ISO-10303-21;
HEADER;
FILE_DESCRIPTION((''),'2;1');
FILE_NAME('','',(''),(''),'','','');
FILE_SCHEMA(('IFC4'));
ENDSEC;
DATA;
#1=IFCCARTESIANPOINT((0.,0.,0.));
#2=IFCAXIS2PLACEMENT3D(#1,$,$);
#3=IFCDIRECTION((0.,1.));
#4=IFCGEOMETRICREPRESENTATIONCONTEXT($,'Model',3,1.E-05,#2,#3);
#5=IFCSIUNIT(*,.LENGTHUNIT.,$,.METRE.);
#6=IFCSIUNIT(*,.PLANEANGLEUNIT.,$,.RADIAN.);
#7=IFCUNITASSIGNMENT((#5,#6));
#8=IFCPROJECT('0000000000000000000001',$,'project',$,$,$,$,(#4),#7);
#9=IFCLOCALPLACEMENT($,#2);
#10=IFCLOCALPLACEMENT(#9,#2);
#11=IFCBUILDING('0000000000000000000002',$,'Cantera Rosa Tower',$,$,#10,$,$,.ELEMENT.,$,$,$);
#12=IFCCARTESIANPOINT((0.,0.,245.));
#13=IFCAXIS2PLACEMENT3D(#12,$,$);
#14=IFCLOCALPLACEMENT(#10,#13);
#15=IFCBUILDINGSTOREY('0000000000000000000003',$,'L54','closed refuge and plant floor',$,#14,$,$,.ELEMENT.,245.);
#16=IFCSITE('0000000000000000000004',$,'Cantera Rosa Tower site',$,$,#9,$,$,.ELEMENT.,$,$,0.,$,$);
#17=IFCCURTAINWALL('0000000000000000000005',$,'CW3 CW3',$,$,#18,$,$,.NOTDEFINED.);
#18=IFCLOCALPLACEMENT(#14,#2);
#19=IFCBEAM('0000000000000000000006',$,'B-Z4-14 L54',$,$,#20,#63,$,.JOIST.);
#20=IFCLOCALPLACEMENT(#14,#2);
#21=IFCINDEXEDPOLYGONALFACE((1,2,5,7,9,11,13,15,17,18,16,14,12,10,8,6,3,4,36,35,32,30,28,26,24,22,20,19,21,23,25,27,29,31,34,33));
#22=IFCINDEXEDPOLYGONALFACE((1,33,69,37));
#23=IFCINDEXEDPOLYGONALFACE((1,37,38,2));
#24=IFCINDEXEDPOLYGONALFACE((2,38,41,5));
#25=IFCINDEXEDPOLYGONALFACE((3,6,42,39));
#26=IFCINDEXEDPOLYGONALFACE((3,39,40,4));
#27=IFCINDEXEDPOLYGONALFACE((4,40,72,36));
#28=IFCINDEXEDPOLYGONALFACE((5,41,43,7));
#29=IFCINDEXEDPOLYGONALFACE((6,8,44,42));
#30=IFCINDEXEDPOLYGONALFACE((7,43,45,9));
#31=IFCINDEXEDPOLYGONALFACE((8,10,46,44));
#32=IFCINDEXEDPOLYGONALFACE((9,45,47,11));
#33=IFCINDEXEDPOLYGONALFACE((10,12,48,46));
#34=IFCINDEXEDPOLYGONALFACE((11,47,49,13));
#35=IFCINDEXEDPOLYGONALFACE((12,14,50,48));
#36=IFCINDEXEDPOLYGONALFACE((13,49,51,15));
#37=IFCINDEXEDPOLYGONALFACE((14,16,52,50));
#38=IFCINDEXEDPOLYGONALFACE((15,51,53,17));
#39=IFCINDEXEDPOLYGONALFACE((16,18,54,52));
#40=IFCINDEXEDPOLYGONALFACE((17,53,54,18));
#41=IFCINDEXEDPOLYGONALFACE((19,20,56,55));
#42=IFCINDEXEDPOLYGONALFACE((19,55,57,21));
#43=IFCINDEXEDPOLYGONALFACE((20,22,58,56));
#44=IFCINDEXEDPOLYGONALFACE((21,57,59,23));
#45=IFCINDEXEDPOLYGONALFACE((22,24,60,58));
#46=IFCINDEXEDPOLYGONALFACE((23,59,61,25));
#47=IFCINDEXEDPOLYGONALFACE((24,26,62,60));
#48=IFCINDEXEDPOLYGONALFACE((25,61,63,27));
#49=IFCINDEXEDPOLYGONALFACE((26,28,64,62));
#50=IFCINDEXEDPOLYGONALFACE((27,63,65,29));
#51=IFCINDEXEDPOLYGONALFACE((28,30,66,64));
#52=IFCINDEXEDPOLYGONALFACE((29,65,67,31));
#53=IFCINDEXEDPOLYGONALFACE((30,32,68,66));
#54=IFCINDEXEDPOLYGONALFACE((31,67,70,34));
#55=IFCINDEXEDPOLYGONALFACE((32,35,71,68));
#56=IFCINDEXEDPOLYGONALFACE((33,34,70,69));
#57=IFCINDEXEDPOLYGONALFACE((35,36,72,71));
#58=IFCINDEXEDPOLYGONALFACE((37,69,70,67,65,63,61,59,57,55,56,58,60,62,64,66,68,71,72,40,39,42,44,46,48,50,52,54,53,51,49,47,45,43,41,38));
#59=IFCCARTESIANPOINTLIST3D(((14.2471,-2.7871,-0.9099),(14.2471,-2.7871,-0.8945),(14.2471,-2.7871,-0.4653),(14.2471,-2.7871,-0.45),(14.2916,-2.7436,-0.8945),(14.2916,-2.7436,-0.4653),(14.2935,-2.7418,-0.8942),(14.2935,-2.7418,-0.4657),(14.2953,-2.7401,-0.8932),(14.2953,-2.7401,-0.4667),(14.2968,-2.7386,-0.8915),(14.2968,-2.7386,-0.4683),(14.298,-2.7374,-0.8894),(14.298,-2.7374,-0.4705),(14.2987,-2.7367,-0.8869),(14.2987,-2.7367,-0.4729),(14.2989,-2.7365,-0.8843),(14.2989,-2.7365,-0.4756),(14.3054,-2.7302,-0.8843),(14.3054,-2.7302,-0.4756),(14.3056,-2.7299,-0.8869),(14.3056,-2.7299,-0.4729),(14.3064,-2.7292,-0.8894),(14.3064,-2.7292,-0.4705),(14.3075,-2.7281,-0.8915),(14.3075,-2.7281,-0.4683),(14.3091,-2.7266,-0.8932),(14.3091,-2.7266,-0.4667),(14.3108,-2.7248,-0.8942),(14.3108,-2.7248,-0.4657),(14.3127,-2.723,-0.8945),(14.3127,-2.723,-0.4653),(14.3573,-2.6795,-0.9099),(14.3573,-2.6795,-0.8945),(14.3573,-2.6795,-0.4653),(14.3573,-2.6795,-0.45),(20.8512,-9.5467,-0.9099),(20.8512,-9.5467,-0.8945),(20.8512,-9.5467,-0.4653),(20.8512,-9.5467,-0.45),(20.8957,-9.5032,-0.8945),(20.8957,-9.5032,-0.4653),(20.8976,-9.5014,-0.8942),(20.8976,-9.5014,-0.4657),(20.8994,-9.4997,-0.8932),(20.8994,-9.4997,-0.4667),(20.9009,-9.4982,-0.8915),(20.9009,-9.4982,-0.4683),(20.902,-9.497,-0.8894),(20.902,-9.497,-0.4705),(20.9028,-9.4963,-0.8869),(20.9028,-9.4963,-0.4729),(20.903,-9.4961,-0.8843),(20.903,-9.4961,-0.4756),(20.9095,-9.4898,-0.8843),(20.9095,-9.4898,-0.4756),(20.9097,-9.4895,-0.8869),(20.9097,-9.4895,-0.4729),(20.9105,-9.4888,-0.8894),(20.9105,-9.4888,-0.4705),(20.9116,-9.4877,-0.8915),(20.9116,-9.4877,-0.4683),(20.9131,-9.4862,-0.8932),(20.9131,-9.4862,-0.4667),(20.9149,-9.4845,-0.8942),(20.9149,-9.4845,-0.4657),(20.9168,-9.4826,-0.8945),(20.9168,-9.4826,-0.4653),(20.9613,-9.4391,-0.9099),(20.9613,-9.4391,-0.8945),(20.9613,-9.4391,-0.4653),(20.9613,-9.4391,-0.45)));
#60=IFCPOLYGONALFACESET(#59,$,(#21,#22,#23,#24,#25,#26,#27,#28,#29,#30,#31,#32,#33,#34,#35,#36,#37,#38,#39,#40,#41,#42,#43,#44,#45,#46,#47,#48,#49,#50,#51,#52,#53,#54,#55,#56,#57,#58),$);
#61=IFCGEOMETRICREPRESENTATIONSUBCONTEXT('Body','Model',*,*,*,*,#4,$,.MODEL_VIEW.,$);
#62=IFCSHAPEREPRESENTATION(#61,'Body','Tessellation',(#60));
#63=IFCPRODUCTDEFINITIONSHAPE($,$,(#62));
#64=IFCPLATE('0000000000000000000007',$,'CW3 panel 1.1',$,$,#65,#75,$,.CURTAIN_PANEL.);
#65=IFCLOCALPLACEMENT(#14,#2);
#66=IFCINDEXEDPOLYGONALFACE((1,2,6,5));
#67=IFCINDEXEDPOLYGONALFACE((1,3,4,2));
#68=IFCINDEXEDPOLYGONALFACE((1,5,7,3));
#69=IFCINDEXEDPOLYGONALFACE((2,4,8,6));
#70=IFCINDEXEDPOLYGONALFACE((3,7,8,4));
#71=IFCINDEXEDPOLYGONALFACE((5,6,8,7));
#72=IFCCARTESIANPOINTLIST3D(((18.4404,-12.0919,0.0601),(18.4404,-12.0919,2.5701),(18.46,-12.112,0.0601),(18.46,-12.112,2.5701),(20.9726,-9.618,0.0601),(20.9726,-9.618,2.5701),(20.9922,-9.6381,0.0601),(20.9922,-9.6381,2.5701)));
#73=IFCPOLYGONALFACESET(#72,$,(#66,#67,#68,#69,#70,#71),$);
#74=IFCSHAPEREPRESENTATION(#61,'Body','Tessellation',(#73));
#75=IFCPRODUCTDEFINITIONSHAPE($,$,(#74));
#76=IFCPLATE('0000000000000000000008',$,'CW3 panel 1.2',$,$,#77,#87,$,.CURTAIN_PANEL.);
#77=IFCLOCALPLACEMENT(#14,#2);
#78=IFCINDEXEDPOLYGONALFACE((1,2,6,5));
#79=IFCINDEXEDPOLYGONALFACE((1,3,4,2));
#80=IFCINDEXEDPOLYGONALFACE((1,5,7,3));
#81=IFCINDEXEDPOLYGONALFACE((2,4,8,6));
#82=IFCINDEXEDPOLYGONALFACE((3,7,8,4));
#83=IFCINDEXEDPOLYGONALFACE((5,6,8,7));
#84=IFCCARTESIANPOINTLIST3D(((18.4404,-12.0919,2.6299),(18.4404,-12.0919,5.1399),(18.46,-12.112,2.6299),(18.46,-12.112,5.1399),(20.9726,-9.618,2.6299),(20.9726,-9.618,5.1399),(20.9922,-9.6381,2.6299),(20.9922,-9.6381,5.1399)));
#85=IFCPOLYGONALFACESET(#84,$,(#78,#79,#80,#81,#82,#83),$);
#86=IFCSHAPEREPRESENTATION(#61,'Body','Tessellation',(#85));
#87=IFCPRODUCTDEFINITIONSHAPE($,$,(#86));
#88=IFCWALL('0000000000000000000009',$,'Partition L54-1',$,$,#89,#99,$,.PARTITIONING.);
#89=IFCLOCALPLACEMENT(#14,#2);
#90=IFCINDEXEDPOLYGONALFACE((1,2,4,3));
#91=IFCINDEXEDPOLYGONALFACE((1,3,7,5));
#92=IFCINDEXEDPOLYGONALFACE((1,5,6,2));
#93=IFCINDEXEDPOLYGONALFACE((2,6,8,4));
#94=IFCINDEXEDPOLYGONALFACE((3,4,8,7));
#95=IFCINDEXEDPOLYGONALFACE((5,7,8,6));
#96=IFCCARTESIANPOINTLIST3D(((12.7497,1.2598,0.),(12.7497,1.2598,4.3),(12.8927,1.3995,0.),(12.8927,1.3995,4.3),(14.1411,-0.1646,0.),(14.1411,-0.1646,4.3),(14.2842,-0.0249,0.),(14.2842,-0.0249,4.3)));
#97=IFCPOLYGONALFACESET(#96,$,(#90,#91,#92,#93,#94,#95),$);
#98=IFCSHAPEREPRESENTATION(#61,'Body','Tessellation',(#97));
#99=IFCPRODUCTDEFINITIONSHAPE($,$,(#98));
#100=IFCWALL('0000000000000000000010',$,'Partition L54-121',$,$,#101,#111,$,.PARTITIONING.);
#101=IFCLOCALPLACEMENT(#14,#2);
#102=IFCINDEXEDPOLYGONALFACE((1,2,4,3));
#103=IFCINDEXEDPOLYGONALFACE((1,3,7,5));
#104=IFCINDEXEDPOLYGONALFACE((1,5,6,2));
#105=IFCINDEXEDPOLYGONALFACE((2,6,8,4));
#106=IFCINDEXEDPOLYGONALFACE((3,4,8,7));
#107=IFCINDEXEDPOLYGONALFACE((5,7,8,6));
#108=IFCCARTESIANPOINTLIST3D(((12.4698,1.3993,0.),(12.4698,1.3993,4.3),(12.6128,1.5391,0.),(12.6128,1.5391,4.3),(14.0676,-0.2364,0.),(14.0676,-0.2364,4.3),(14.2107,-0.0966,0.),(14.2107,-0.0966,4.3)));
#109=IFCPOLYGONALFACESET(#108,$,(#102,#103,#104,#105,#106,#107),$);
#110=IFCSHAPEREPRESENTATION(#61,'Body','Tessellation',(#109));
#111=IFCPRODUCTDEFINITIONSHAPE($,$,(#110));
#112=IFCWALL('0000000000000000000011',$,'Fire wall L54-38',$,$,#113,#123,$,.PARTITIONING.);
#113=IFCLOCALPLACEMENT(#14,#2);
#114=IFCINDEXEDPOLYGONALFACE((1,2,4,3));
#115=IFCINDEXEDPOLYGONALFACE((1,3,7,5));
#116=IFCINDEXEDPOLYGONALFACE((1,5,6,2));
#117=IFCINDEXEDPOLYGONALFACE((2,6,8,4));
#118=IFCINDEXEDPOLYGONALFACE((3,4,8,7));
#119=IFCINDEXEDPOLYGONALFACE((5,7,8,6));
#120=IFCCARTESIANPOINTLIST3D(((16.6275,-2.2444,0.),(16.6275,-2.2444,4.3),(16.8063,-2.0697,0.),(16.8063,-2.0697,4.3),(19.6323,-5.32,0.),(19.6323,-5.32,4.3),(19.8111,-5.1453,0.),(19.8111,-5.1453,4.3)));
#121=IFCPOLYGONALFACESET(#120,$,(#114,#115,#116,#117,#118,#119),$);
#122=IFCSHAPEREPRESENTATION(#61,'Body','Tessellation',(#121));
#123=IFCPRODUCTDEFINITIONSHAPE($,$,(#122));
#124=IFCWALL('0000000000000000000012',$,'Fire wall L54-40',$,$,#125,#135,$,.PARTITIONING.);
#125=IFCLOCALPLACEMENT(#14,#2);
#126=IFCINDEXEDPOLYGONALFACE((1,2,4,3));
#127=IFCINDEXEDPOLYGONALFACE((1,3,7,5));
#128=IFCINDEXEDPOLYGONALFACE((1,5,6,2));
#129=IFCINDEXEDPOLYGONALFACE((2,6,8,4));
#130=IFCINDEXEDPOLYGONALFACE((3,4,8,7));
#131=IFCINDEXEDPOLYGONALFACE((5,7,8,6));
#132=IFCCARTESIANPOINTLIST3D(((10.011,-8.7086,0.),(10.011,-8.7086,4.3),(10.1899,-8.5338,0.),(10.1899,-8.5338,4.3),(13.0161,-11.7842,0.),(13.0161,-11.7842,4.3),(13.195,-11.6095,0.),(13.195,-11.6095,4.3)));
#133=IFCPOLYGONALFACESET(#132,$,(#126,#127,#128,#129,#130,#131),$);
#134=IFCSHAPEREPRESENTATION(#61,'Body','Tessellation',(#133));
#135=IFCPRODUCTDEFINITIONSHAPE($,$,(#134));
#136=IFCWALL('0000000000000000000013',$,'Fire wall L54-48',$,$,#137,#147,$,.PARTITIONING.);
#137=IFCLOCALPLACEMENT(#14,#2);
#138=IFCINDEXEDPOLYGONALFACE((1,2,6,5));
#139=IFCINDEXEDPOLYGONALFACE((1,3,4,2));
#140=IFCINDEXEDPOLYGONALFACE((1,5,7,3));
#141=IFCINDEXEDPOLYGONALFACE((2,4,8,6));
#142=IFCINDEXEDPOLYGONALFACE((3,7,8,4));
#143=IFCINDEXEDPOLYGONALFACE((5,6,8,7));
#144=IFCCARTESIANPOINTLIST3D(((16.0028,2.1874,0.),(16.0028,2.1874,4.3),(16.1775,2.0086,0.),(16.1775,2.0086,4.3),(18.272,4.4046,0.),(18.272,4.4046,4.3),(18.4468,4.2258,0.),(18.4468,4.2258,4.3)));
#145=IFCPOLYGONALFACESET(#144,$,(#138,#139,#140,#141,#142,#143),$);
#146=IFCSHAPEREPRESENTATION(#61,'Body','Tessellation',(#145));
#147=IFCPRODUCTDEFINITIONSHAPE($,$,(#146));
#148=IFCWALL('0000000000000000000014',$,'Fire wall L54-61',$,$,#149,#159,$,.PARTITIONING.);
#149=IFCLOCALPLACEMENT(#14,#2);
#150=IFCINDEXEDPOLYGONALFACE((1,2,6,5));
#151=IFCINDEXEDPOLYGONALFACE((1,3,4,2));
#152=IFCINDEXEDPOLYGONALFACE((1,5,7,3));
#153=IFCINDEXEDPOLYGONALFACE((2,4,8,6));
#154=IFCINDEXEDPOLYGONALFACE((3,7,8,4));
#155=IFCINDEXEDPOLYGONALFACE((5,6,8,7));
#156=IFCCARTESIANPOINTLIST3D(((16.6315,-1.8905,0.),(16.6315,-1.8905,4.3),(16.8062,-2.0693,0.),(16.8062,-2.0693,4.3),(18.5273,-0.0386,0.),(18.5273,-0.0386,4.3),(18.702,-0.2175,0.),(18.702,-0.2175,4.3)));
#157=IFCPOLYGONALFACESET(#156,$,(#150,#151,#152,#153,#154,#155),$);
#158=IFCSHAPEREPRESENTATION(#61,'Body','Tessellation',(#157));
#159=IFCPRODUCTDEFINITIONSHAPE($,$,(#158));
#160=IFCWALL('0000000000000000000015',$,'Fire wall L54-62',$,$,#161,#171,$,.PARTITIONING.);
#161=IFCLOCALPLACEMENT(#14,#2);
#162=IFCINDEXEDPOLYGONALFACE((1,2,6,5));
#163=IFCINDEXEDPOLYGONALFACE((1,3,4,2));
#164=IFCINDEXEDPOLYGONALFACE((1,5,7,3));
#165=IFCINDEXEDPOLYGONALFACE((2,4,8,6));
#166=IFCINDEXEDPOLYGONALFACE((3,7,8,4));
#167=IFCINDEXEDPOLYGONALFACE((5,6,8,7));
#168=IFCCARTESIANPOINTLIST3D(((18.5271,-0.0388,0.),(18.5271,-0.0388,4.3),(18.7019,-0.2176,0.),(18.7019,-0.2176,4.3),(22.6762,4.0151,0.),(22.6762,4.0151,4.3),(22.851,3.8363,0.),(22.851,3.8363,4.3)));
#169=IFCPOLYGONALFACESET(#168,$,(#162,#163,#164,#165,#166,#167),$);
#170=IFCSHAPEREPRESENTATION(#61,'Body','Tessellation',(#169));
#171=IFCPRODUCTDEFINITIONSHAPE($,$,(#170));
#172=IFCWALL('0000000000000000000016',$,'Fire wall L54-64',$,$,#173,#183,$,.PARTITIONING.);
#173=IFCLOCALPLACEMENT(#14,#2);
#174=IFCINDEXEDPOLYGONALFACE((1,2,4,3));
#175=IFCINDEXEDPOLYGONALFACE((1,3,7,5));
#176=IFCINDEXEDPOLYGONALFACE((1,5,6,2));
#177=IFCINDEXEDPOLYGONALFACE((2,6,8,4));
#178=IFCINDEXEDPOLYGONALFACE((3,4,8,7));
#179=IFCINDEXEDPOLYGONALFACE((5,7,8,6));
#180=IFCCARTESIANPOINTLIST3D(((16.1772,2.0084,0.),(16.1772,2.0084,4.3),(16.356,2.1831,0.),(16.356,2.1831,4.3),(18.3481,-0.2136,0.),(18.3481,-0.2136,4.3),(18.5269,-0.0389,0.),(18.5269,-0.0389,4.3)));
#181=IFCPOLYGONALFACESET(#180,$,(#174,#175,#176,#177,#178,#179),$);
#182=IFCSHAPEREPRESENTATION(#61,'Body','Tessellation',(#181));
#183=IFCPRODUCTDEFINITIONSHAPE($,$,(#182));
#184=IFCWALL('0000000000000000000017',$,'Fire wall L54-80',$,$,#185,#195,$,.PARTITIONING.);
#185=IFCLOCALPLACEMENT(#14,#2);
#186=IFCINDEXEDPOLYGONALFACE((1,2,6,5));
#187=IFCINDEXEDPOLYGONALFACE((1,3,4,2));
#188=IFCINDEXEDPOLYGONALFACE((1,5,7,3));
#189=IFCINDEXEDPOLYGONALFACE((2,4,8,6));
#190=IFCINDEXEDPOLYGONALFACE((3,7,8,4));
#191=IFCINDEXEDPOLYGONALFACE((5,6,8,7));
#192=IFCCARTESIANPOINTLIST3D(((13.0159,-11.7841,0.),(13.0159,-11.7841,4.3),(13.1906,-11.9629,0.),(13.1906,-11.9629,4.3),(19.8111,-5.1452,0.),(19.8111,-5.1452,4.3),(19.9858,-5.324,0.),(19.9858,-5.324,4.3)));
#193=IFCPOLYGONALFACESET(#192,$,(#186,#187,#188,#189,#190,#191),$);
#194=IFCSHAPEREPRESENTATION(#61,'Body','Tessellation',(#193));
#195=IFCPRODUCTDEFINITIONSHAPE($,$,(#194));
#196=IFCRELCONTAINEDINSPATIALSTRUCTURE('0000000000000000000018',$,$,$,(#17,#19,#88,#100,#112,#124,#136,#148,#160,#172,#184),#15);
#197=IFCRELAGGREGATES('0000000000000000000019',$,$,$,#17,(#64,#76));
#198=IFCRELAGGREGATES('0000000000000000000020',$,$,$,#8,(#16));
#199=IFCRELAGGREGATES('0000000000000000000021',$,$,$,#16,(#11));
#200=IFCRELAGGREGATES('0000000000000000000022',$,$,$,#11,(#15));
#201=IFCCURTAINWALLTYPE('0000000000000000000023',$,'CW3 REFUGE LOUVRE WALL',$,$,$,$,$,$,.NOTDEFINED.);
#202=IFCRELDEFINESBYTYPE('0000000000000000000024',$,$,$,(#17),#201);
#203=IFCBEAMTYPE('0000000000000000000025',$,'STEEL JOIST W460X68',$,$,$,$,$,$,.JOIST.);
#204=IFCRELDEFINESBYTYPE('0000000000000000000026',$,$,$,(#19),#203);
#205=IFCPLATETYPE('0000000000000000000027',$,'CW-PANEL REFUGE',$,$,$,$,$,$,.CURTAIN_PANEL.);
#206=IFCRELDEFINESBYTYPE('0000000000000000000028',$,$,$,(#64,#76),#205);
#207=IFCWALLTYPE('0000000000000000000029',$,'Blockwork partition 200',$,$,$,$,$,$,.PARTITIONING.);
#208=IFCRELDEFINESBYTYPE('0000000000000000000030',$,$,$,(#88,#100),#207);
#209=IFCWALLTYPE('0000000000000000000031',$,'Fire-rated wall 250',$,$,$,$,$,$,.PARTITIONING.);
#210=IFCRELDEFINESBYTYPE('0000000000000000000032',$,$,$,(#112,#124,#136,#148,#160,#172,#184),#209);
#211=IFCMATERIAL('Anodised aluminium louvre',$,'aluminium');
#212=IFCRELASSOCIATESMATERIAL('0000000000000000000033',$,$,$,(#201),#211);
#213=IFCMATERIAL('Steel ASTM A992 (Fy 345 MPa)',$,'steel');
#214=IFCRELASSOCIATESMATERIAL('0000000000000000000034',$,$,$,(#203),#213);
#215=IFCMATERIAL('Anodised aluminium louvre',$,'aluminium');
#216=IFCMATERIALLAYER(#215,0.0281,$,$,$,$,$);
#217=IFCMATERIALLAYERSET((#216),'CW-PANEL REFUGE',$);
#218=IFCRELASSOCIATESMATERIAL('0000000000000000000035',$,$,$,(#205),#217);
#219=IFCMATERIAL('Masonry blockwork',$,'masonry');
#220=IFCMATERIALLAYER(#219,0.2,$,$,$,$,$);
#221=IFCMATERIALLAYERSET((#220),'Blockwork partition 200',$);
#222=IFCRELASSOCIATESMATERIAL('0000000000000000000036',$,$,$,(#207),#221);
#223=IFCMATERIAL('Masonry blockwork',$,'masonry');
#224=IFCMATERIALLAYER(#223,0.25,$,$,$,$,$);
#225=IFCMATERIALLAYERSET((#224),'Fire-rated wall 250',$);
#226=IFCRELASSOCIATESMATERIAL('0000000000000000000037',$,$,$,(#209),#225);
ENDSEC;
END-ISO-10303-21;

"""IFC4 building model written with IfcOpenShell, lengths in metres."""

from ifc_helpers import new_model, si_unit, direction, frame, frame_2d, origin, origin_2d, place, context, subcontext, project, spatial, rectangle, i_section, extrude, material, layer, layer_set, material_profile, profile_set, type_object, element, aggregate, save


model = new_model("IFC4")

# Units and contexts
model_context = context("Model", 3, precision=1e-05, world=origin(), true_north=direction((0.0, 1.0)))
body_context = subcontext(model_context, "Body", "Model", "MODEL_VIEW")
ifc_project = project(units=[si_unit("LENGTHUNIT", "METRE"), si_unit("PLANEANGLEUNIT", "RADIAN")], contexts=[model_context])

# Site, building, storey
site_placement = place(None, origin())
site = spatial("IfcSite", under=ifc_project, at=site_placement, Name="Cantera Rosa Tower site", CompositionType="ELEMENT", RefElevation=0.0)
building_placement = place(site_placement, origin())
building = spatial("IfcBuilding", under=site, at=building_placement, Name="Cantera Rosa Tower", CompositionType="ELEMENT")
storey_placement = place(building_placement, frame((0.0, 0.0, 245.0)))
storey = spatial("IfcBuildingStorey", under=building, at=storey_placement, Name="L54", Description="closed refuge and plant floor", CompositionType="ELEMENT", Elevation=245.0)

# Curtain wall
ifc_material_1 = material(Name="Anodised aluminium louvre", Category="aluminium")
curtain_wall_type = type_object("IfcCurtainWallType", Name="CW3 REFUGE LOUVRE WALL", PredefinedType="NOTDEFINED", material=ifc_material_1)
curtain_wall_placement = place(storey_placement, origin())
curtain_wall = element("IfcCurtainWall", 1, at=curtain_wall_placement, inside=storey, type_object=curtain_wall_type, Name="CW3 CW3", PredefinedType="NOTDEFINED")

# Beam
ifc_material_2 = material(Name="Steel ASTM A992 (Fy 345 MPa)", Category="steel")
ifc_material_profile_1 = material_profile(ifc_material_2, i_section(OverallWidth=0.1541, OverallDepth=0.46, WebThickness=0.009, FlangeThickness=0.0154, FilletRadius=0.0103, at=origin_2d()), Name="W460X68")
ifc_profile_set_1 = profile_set([ifc_material_profile_1], Name="Steel ASTM A992 (Fy 345 MPa)")
beam_type_1 = type_object("IfcBeamType", Name="STEEL JOIST W460X68", PredefinedType="JOIST", material=ifc_profile_set_1)
beam_1_placement = place(storey_placement, frame((20.9062, -9.4929, -0.6799), z_axis=(-0.698831, 0.715287, 0.0), x_axis=(-0.715287, -0.698831, 0.0)))
element("IfcBeam", 2, at=beam_1_placement, inside=storey, type_object=beam_type_1, Name="B-Z4-14 L54", PredefinedType="JOIST", context=body_context, shape_type="SweptSolid", body=[
    extrude(i_section(OverallWidth=0.1541, OverallDepth=0.46, WebThickness=0.009, FlangeThickness=0.0154, FilletRadius=0.0103, at=origin_2d()), origin(), (0.0, 0.0, 1.0), 9.4502),
])

# Plates
ifc_material_3 = material(Name="Anodised aluminium louvre", Category="aluminium")
ifc_layer_1 = layer(ifc_material_3, 0.0281)
ifc_layer_set_1 = layer_set([ifc_layer_1], Name="CW-PANEL REFUGE")
plate_type = type_object("IfcPlateType", Name="CW-PANEL REFUGE", PredefinedType="CURTAIN_PANEL", material=ifc_layer_set_1)
plate_1_placement = place(storey_placement, frame((19.7163, -10.865, 0.0601), z_axis=(0.0, 0.0, 1.0), x_axis=(0.715286, 0.698832, 0.0)))
plate_1 = element("IfcPlate", 3, at=plate_1_placement, type_object=plate_type, Name="CW3 panel 1.1", PredefinedType="CURTAIN_PANEL", context=body_context, shape_type="SweptSolid", body=[
    extrude(rectangle(XDim=3.54, YDim=0.0281, at=origin_2d()), origin(), (0.0, 0.0, 1.0), 2.51),
])
plate_2_placement = place(storey_placement, frame((19.7163, -10.865, 2.6299), z_axis=(0.0, 0.0, 1.0), x_axis=(0.715286, 0.698832, 0.0)))
plate_2 = element("IfcPlate", 4, at=plate_2_placement, type_object=plate_type, Name="CW3 panel 1.2", PredefinedType="CURTAIN_PANEL", context=body_context, shape_type="SweptSolid", body=[
    extrude(rectangle(XDim=3.54, YDim=0.0281, at=origin_2d()), origin(), (0.0, 0.0, 1.0), 2.51),
])
aggregate(curtain_wall, [plate_1, plate_2])

# Walls
ifc_material_4 = material(Name="Masonry blockwork", Category="masonry")
ifc_layer_2 = layer(ifc_material_4, 0.2)
ifc_layer_set_2 = layer_set([ifc_layer_2], Name="Blockwork partition 200")
wall_type_1 = type_object("IfcWallType", Name="Blockwork partition 200", PredefinedType="PARTITIONING", material=ifc_layer_set_2)
wall_1_placement = place(storey_placement, frame((14.2126, -0.0947, 0.0), z_axis=(0.0, 0.0, 1.0), x_axis=(-0.698782, 0.715335, 0.0)))
element("IfcWall", 5, at=wall_1_placement, inside=storey, type_object=wall_type_1, Name="Partition L54-1", PredefinedType="PARTITIONING", context=body_context, shape_type="SweptSolid", body=[
    extrude(rectangle(XDim=1.9912, YDim=0.2, at=frame_2d((0.9956, 0.0))), origin(), (0.0, 0.0, 1.0), 4.3),
])
wall_2_placement = place(storey_placement, frame((14.1392, -0.1665, 0.0), z_axis=(0.0, 0.0, 1.0), x_axis=(-0.698784, 0.715333, 0.0)))
element("IfcWall", 6, at=wall_2_placement, inside=storey, type_object=wall_type_1, Name="Partition L54-121", PredefinedType="PARTITIONING", context=body_context, shape_type="SweptSolid", body=[
    extrude(rectangle(XDim=2.2866, YDim=0.2, at=frame_2d((1.1433, 0.0))), origin(), (0.0, 0.0, 1.0), 4.3),
])
ifc_material_5 = material(Name="Masonry blockwork", Category="masonry")
ifc_layer_3 = layer(ifc_material_5, 0.25)
ifc_layer_set_3 = layer_set([ifc_layer_3], Name="Fire-rated wall 250")
wall_type_2 = type_object("IfcWallType", Name="Fire-rated wall 250", PredefinedType="PARTITIONING", material=ifc_layer_set_3)
wall_3_placement = place(storey_placement, frame((19.7217, -5.2327, 0.0), z_axis=(0.0, 0.0, 1.0), x_axis=(-0.698826, 0.715292, 0.0)))
element("IfcWall", 7, at=wall_3_placement, inside=storey, type_object=wall_type_2, Name="Fire wall L54-38", PredefinedType="PARTITIONING", context=body_context, shape_type="SweptSolid", body=[
    extrude(rectangle(XDim=4.2998, YDim=0.25, at=frame_2d((2.1499, 0.0))), origin(), (0.0, 0.0, 1.0), 4.3),
])
wall_4_placement = place(storey_placement, frame((13.1055, -11.6968, 0.0), z_axis=(0.0, 0.0, 1.0), x_axis=(-0.698855, 0.715263, 0.0)))
element("IfcWall", 8, at=wall_4_placement, inside=storey, type_object=wall_type_2, Name="Fire wall L54-40", PredefinedType="PARTITIONING", context=body_context, shape_type="SweptSolid", body=[
    extrude(rectangle(XDim=4.3, YDim=0.25, at=frame_2d((2.1499, 0.0))), origin(), (0.0, 0.0, 1.0), 4.3),
])
wall_5_placement = place(storey_placement, frame((16.0901, 2.0979, 0.0), z_axis=(0.0, 0.0, 1.0), x_axis=(0.715255, 0.698864, 0.0)))
element("IfcWall", 9, at=wall_5_placement, inside=storey, type_object=wall_type_2, Name="Fire wall L54-48", PredefinedType="PARTITIONING", context=body_context, shape_type="SweptSolid", body=[
    extrude(rectangle(XDim=3.1726, YDim=0.25, at=frame_2d((1.5864, 0.0))), origin(), (0.0, 0.0, 1.0), 4.3),
])
wall_6_placement = place(storey_placement, frame((16.7188, -1.98, 0.0), z_axis=(0.0, 0.0, 1.0), x_axis=(0.715349, 0.698767, 0.0)))
element("IfcWall", 10, at=wall_6_placement, inside=storey, type_object=wall_type_2, Name="Fire wall L54-61", PredefinedType="PARTITIONING", context=body_context, shape_type="SweptSolid", body=[
    extrude(rectangle(XDim=2.6501, YDim=0.25, at=frame_2d((1.3252, 0.0))), origin(), (0.0, 0.0, 1.0), 4.3),
])
wall_7_placement = place(storey_placement, frame((18.6145, -0.1282, 0.0), z_axis=(0.0, 0.0, 1.0), x_axis=(0.715266, 0.698852, 0.0)))
element("IfcWall", 11, at=wall_7_placement, inside=storey, type_object=wall_type_2, Name="Fire wall L54-62", PredefinedType="PARTITIONING", context=body_context, shape_type="SweptSolid", body=[
    extrude(rectangle(XDim=5.8008, YDim=0.25, at=frame_2d((2.9004, 0.0))), origin(), (0.0, 0.0, 1.0), 4.3),
])
wall_8_placement = place(storey_placement, frame((18.4375, -0.1262, 0.0), z_axis=(0.0, 0.0, 1.0), x_axis=(-0.698846, 0.715272, 0.0)))
element("IfcWall", 12, at=wall_8_placement, inside=storey, type_object=wall_type_2, Name="Fire wall L54-64", PredefinedType="PARTITIONING", context=body_context, shape_type="SweptSolid", body=[
    extrude(rectangle(XDim=3.1064, YDim=0.25, at=frame_2d((1.5532, 0.0))), origin(), (0.0, 0.0, 1.0), 4.3),
])
wall_9_placement = place(storey_placement, frame((13.1033, -11.8735, 0.0), z_axis=(0.0, 0.0, 1.0), x_axis=(0.715283, 0.698835, 0.0)))
element("IfcWall", 13, at=wall_9_placement, inside=storey, type_object=wall_type_2, Name="Fire wall L54-80", PredefinedType="PARTITIONING", context=body_context, shape_type="SweptSolid", body=[
    extrude(rectangle(XDim=9.5, YDim=0.25, at=frame_2d((4.75, 0.0))), origin(), (0.0, 0.0, 1.0), 4.3),
])

save(model, "model.ifc")
